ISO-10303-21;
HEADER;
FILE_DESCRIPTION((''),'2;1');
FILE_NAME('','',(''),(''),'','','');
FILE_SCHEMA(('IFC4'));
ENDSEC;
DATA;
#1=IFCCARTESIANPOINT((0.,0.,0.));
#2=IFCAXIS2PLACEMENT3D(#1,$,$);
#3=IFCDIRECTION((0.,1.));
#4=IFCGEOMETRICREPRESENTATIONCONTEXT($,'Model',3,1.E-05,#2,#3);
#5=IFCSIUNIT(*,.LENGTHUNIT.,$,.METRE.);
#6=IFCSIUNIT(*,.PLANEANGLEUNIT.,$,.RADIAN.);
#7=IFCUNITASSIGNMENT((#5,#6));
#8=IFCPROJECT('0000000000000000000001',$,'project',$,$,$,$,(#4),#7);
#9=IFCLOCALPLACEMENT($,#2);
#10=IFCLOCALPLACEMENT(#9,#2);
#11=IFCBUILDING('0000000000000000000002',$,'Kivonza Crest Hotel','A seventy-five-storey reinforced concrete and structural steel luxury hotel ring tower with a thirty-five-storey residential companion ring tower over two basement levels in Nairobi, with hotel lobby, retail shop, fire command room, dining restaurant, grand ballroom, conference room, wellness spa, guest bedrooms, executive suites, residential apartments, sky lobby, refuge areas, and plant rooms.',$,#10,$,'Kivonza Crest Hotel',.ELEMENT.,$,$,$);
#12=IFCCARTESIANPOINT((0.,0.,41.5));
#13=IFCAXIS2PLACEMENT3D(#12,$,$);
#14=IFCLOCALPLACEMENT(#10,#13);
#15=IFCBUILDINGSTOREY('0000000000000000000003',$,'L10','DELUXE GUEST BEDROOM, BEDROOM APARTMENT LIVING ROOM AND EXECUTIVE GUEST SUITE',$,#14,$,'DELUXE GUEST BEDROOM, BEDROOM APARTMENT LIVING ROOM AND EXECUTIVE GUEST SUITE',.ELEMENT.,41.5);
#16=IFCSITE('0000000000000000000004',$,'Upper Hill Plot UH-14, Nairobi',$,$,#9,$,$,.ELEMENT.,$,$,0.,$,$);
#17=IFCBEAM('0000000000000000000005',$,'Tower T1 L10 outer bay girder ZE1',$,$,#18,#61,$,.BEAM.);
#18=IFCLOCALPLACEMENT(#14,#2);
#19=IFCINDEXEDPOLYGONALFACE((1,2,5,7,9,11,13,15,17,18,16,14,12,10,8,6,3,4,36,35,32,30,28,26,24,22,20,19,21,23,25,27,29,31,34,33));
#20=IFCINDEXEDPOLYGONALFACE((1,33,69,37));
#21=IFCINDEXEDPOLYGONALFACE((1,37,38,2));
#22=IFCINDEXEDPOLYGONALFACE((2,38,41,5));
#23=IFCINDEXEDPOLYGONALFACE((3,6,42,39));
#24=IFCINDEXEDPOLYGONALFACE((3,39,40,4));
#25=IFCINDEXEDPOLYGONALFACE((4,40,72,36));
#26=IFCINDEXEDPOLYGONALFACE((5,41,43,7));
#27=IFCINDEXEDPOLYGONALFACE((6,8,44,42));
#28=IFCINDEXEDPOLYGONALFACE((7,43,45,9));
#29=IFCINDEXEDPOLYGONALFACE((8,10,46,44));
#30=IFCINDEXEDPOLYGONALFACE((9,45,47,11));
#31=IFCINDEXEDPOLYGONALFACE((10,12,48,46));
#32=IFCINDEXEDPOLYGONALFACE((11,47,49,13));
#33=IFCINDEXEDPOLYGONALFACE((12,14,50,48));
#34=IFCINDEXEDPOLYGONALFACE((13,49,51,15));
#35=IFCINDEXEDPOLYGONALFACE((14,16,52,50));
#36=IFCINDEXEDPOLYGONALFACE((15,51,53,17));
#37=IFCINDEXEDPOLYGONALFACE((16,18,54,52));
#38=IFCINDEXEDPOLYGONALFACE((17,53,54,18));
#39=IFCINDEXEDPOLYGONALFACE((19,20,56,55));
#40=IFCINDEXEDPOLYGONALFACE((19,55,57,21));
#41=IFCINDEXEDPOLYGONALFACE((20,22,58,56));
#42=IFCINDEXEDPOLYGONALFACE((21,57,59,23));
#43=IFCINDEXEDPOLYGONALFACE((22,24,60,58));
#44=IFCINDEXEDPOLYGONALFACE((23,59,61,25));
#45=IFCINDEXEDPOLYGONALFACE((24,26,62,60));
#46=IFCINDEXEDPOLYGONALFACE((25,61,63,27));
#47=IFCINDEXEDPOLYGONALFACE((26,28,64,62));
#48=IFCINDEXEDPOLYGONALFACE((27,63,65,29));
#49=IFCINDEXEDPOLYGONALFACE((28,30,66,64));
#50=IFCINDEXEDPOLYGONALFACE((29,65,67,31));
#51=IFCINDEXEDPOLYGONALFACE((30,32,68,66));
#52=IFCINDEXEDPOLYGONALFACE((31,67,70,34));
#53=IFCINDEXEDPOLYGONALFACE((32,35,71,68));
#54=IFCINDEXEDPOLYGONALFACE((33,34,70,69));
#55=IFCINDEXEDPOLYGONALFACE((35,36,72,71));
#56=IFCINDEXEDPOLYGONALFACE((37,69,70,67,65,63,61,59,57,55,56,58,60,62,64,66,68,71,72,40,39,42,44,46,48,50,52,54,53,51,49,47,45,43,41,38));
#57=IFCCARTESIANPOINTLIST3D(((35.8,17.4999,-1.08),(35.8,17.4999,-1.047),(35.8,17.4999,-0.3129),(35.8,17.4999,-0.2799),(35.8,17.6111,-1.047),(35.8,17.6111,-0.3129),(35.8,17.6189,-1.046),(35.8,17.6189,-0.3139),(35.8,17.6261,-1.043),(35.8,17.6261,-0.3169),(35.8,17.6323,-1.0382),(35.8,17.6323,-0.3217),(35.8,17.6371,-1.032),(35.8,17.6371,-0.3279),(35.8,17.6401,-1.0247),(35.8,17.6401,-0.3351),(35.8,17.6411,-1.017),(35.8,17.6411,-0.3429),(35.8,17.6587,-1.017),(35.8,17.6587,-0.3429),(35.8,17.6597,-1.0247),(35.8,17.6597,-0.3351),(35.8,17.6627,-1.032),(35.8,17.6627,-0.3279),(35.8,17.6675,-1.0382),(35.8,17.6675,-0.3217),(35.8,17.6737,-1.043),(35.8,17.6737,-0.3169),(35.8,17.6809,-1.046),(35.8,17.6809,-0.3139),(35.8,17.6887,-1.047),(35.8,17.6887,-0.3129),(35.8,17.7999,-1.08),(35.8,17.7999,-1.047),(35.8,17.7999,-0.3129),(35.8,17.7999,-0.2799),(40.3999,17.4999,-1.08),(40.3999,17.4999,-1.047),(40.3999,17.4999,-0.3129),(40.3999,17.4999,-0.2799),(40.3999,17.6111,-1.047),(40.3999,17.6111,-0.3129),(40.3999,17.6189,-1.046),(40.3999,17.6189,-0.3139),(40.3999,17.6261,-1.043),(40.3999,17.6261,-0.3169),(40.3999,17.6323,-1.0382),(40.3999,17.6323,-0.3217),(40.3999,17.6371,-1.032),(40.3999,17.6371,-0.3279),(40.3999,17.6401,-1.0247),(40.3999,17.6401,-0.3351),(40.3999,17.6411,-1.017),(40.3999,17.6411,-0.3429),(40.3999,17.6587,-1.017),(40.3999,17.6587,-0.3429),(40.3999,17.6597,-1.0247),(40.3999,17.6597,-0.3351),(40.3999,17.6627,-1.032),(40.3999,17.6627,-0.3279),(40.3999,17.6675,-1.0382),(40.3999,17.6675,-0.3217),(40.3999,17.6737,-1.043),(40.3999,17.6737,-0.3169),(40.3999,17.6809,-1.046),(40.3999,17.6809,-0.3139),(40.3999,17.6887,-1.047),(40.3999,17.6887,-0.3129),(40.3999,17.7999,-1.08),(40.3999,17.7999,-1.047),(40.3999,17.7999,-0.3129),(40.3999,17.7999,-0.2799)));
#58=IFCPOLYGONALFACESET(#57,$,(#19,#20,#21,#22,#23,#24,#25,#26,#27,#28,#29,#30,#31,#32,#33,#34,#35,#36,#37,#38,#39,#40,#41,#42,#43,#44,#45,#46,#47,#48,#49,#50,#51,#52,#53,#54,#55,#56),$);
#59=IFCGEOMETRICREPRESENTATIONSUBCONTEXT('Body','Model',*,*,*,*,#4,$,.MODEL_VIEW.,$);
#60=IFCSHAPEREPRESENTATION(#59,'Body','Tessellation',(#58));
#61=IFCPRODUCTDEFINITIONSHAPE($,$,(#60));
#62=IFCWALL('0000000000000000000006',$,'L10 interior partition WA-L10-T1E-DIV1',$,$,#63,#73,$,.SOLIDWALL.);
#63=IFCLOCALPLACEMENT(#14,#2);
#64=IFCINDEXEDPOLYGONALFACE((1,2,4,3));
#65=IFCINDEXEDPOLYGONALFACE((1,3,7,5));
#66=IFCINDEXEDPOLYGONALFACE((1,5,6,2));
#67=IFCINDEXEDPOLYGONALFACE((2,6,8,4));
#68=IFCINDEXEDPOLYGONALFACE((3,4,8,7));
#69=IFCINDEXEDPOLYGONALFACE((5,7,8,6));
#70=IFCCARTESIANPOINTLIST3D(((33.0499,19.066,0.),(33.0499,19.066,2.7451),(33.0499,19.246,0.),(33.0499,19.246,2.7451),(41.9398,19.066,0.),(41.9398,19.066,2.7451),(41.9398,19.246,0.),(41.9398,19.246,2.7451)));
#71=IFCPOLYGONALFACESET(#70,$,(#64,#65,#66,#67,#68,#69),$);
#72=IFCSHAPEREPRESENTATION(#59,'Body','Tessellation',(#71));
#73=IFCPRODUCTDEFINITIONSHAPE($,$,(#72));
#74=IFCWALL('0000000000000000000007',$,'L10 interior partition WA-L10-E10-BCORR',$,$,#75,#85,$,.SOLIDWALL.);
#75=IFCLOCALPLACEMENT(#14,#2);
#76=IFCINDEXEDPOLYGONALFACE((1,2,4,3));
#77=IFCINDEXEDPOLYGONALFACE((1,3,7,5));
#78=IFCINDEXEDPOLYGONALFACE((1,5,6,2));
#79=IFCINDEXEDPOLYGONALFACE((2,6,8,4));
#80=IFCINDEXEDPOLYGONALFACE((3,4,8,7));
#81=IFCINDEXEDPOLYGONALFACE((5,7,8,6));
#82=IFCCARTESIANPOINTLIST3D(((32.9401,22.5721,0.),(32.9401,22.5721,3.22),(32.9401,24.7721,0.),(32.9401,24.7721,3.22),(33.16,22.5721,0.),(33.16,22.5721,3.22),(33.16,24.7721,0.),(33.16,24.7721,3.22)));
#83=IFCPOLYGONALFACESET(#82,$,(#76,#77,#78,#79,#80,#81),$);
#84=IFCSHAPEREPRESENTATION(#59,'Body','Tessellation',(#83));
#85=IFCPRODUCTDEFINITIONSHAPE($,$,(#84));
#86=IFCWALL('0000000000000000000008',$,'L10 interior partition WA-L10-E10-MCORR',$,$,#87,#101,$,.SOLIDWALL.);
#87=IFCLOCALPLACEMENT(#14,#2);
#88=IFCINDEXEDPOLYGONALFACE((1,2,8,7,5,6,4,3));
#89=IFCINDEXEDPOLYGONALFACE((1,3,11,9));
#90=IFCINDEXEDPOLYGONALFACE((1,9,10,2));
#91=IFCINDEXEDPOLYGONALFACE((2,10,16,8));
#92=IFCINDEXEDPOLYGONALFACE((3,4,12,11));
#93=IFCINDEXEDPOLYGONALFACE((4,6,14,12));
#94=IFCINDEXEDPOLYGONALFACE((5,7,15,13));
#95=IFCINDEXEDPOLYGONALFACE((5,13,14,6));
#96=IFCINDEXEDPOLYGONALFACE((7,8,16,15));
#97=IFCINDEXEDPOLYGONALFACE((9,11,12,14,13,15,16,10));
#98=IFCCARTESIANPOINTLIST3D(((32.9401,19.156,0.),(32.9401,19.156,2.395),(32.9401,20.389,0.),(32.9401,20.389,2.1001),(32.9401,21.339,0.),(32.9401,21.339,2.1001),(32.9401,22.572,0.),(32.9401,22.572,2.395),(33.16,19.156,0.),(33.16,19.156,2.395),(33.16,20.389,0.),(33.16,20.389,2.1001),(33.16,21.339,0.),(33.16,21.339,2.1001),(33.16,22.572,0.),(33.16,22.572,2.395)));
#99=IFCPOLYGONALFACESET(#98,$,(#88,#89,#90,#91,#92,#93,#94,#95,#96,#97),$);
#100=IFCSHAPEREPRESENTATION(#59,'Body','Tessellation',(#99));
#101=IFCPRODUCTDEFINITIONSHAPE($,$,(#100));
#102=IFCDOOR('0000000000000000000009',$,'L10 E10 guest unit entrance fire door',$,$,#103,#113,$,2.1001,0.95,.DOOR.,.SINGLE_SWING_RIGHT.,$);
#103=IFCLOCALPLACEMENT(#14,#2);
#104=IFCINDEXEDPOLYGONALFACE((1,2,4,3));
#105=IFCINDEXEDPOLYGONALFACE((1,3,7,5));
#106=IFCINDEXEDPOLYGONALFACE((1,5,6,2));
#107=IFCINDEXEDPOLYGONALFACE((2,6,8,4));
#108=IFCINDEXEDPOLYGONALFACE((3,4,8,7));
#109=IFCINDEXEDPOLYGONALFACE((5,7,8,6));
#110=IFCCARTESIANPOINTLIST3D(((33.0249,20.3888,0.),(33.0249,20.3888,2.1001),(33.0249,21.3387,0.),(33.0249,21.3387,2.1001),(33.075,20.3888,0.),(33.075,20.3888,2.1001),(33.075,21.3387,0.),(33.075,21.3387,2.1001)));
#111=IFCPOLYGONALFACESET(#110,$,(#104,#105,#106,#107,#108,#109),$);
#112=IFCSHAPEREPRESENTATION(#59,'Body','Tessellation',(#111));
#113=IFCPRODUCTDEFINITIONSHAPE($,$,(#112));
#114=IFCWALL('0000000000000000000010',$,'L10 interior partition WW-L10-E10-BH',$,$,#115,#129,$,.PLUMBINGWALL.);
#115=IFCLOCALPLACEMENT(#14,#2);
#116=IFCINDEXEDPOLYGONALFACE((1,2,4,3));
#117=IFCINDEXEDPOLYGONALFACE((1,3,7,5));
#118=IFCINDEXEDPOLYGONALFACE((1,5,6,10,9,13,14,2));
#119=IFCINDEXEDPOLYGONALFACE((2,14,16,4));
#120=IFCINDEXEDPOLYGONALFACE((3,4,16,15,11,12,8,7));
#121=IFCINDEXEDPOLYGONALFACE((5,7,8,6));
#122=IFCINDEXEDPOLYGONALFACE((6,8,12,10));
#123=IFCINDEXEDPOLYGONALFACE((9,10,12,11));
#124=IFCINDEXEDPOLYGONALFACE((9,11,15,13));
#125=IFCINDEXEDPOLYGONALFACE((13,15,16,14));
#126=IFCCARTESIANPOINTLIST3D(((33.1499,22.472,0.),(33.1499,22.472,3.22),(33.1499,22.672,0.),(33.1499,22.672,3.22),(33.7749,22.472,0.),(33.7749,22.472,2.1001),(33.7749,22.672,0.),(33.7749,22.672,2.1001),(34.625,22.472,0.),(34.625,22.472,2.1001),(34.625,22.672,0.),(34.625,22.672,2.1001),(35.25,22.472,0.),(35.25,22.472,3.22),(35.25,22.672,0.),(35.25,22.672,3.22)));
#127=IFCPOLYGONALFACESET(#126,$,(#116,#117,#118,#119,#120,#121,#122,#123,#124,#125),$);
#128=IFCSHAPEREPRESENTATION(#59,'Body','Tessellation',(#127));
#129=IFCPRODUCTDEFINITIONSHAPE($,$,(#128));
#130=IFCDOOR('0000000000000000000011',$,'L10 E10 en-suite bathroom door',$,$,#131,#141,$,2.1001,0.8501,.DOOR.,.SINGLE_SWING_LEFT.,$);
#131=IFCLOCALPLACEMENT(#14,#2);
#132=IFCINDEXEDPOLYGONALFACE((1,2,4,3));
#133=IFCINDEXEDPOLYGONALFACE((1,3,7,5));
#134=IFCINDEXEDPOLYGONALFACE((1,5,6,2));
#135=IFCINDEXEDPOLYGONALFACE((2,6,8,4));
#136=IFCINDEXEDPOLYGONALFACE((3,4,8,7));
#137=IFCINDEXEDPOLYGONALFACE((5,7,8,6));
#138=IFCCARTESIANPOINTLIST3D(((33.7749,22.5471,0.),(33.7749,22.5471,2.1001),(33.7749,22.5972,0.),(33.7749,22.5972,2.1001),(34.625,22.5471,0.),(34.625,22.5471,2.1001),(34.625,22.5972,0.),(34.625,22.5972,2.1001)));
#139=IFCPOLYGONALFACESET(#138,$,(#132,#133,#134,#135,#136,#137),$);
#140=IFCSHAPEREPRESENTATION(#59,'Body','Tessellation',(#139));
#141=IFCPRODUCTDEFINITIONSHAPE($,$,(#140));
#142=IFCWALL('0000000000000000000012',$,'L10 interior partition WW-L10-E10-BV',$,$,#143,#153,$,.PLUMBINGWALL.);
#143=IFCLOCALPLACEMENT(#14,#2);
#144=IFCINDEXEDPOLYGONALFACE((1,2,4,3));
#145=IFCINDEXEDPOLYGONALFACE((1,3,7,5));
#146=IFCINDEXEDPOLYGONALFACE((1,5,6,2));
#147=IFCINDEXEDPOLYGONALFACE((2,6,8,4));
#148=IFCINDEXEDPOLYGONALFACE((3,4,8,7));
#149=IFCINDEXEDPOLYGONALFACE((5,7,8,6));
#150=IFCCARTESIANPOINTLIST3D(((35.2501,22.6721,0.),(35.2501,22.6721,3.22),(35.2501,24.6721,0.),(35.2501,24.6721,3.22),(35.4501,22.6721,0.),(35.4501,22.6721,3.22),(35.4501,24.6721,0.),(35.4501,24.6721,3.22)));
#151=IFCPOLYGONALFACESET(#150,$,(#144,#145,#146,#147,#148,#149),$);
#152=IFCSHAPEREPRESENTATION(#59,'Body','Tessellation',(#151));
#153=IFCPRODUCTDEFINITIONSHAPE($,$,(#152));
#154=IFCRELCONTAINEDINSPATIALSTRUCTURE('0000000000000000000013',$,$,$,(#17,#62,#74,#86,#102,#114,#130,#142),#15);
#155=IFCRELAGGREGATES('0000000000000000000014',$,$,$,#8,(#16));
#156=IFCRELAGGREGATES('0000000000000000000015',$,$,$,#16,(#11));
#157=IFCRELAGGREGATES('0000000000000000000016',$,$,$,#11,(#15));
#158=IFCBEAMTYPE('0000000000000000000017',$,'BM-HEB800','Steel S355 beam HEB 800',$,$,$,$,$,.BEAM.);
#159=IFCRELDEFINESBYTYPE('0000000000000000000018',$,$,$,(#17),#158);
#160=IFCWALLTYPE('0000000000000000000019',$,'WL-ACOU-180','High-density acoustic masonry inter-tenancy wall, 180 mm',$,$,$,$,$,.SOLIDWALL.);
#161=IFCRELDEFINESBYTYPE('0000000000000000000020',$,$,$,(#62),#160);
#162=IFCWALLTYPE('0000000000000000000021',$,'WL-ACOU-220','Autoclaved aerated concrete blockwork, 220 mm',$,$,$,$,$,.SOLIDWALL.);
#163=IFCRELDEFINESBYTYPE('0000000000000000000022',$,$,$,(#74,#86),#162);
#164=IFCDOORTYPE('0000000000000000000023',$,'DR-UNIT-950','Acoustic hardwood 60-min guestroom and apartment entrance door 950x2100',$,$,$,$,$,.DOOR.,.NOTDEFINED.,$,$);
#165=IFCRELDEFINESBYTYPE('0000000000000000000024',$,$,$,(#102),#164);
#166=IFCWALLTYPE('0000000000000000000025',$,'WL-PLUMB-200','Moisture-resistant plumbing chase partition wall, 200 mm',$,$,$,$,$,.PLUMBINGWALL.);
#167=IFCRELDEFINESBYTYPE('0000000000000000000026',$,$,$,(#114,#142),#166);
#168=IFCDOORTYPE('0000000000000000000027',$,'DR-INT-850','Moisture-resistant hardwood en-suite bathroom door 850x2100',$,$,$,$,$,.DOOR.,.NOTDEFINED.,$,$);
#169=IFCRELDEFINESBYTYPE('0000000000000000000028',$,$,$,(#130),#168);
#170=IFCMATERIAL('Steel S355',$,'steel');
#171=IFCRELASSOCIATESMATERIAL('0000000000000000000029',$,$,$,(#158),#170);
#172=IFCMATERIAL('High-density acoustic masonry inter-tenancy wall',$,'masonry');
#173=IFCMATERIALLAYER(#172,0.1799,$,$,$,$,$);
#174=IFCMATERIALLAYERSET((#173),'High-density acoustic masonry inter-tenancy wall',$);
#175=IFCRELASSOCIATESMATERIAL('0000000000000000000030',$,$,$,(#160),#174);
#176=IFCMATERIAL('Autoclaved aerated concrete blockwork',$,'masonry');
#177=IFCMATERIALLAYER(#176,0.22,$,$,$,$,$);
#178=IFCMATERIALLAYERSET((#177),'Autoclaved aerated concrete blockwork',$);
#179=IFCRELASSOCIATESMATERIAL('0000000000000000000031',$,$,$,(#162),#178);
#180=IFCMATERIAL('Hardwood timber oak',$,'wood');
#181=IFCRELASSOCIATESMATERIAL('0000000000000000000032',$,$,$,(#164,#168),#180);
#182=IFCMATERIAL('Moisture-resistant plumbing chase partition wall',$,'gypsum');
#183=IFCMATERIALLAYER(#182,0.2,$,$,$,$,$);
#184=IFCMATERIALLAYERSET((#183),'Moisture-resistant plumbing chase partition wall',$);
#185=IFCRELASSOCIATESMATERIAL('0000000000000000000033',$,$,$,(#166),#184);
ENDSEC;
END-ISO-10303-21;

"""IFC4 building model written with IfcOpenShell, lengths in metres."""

from ifc_helpers import new_model, si_unit, direction, frame, frame_2d, origin, origin_2d, place, context, subcontext, project, spatial, rectangle, i_section, extrude, material, layer, layer_set, material_profile, profile_set, type_object, element, fill, save


model = new_model("IFC4")

# Units and contexts
model_context = context("Model", 3, precision=1e-05, world=origin(), true_north=direction((0.0, 1.0)))
body_context = subcontext(model_context, "Body", "Model", "MODEL_VIEW")
ifc_project = project(units=[si_unit("LENGTHUNIT", "METRE"), si_unit("PLANEANGLEUNIT", "RADIAN")], contexts=[model_context])

# Site, building, storey
site_placement = place(None, origin())
site = spatial("IfcSite", under=ifc_project, at=site_placement, Name="Upper Hill Plot UH-14, Nairobi", CompositionType="ELEMENT", RefElevation=0.0)
building_placement = place(site_placement, origin())
building = spatial("IfcBuilding", under=site, at=building_placement, Name="Kivonza Crest Hotel", Description="A seventy-five-storey reinforced concrete and structural steel luxury hotel ring tower with a thirty-five-storey residential companion ring tower over two basement levels in Nairobi, with hotel lobby, retail shop, fire command room, dining restaurant, grand ballroom, conference room, wellness spa, guest bedrooms, executive suites, residential apartments, sky lobby, refuge areas, and plant rooms.", LongName="Kivonza Crest Hotel", CompositionType="ELEMENT")
storey_placement = place(building_placement, frame((0.0, 0.0, 41.5)))
storey = spatial("IfcBuildingStorey", under=building, at=storey_placement, Name="L10", Description="DELUXE GUEST BEDROOM, BEDROOM APARTMENT LIVING ROOM AND EXECUTIVE GUEST SUITE", LongName="DELUXE GUEST BEDROOM, BEDROOM APARTMENT LIVING ROOM AND EXECUTIVE GUEST SUITE", CompositionType="ELEMENT", Elevation=41.5)

# Beam
ifc_material_1 = material(Name="Steel S355", Category="steel")
ifc_material_profile_1 = material_profile(ifc_material_1, i_section(OverallWidth=0.3, OverallDepth=0.8, WebThickness=0.0176, FlangeThickness=0.033, FilletRadius=0.03, at=origin_2d()), Name="HEB 800")
ifc_profile_set_1 = profile_set([ifc_material_profile_1], Name="Steel S355")
beam_type_1 = type_object("IfcBeamType", Name="BM-HEB800", Description="Steel S355 beam HEB 800", PredefinedType="BEAM", material=ifc_profile_set_1)
beam_1_placement = place(storey_placement, frame((40.3999, 17.6499, -0.6799), z_axis=(-1.0, 0.0, 0.0), x_axis=(0.0, -1.0, 0.0)))
element("IfcBeam", 1, at=beam_1_placement, inside=storey, type_object=beam_type_1, Name="Tower T1 L10 outer bay girder ZE1", PredefinedType="BEAM", context=body_context, shape_type="SweptSolid", body=[
    extrude(i_section(OverallWidth=0.3, OverallDepth=0.8, WebThickness=0.0176, FlangeThickness=0.033, FilletRadius=0.03, at=origin_2d()), origin(), (0.0, 0.0, 1.0), 4.5999),
])

# Walls
ifc_material_2 = material(Name="High-density acoustic masonry inter-tenancy wall", Category="masonry")
ifc_layer_1 = layer(ifc_material_2, 0.1799)
ifc_layer_set_1 = layer_set([ifc_layer_1], Name="High-density acoustic masonry inter-tenancy wall")
wall_type_1 = type_object("IfcWallType", Name="WL-ACOU-180", Description="High-density acoustic masonry inter-tenancy wall, 180 mm", PredefinedType="SOLIDWALL", material=ifc_layer_set_1)
wall_1_placement = place(storey_placement, frame((33.05, 19.156, 0.0), z_axis=(0.0, 0.0, 1.0), x_axis=(1.0, 0.0, 0.0)))
element("IfcWall", 2, at=wall_1_placement, inside=storey, type_object=wall_type_1, Name="L10 interior partition WA-L10-T1E-DIV1", PredefinedType="SOLIDWALL", context=body_context, shape_type="SweptSolid", body=[
    extrude(rectangle(XDim=8.8899, YDim=0.1799, at=frame_2d((4.4448, 0.0))), origin(), (0.0, 0.0, 1.0), 2.7451),
])
ifc_material_3 = material(Name="Autoclaved aerated concrete blockwork", Category="masonry")
ifc_layer_2 = layer(ifc_material_3, 0.22)
ifc_layer_set_2 = layer_set([ifc_layer_2], Name="Autoclaved aerated concrete blockwork")
wall_type_2 = type_object("IfcWallType", Name="WL-ACOU-220", Description="Autoclaved aerated concrete blockwork, 220 mm", PredefinedType="SOLIDWALL", material=ifc_layer_set_2)
wall_2_placement = place(storey_placement, frame((33.05, 22.572, 0.0), z_axis=(0.0, 0.0, 1.0), x_axis=(0.0, 1.0, 0.0)))
element("IfcWall", 3, at=wall_2_placement, inside=storey, type_object=wall_type_2, Name="L10 interior partition WA-L10-E10-BCORR", PredefinedType="SOLIDWALL", context=body_context, shape_type="SweptSolid", body=[
    extrude(rectangle(XDim=2.2, YDim=0.22, at=frame_2d((1.1001, 0.0))), origin(), (0.0, 0.0, 1.0), 3.22),
])

# Walls, openings, doors
wall_3_placement = place(storey_placement, frame((33.05, 19.156, 0.0), z_axis=(0.0, 0.0, 1.0), x_axis=(0.0, 1.0, 0.0)))
wall_3 = element("IfcWall", 4, at=wall_3_placement, inside=storey, type_object=wall_type_2, Name="L10 interior partition WA-L10-E10-MCORR", PredefinedType="SOLIDWALL", context=body_context, shape_type="SweptSolid", body=[
    extrude(rectangle(XDim=3.416, YDim=0.22, at=frame_2d((1.708, 0.0))), origin(), (0.0, 0.0, 1.0), 2.395),
])
opening_1_placement = place(wall_3_placement, frame((1.2329, 0.0, 0.0)))
opening_1 = element("IfcOpeningElement", 5, at=opening_1_placement, cuts=wall_3, PredefinedType="OPENING", context=body_context, shape_type="SweptSolid", body=[
    extrude(rectangle(XDim=0.95, YDim=2.1001, at=frame_2d((0.4751, 1.05))), frame((0.0, 0.1201, 0.0), z_axis=(0.0, -1.0, 0.0), x_axis=(1.0, 0.0, 0.0)), (0.0, 0.0, 1.0), 0.24),
])
ifc_material_4 = material(Name="Hardwood timber oak", Category="wood")
door_type_1 = type_object("IfcDoorType", Name="DR-UNIT-950", Description="Acoustic hardwood 60-min guestroom and apartment entrance door 950x2100", OperationType="NOTDEFINED", PredefinedType="DOOR", material=ifc_material_4)
door_1_placement = place(opening_1_placement, frame((0.95, 0.0, 0.0), z_axis=(0.0, 0.0, 1.0), x_axis=(-1.0, 0.0, 0.0)))
door_1 = element("IfcDoor", 6, at=door_1_placement, inside=storey, type_object=door_type_1, Name="L10 E10 guest unit entrance fire door", OperationType="SINGLE_SWING_RIGHT", OverallHeight=2.1001, OverallWidth=0.95, PredefinedType="DOOR", context=body_context, shape_type="SweptSolid", body=[
    extrude(rectangle(XDim=0.95, YDim=2.1001, at=frame_2d((0.4751, 1.05))), frame((0.0, 0.0249, 0.0), z_axis=(0.0, -1.0, 0.0), x_axis=(1.0, 0.0, 0.0)), (0.0, 0.0, 1.0), 0.05),
])
fill(opening_1, door_1)
ifc_material_5 = material(Name="Moisture-resistant plumbing chase partition wall", Category="gypsum")
ifc_layer_3 = layer(ifc_material_5, 0.2)
ifc_layer_set_3 = layer_set([ifc_layer_3], Name="Moisture-resistant plumbing chase partition wall")
wall_type_3 = type_object("IfcWallType", Name="WL-PLUMB-200", Description="Moisture-resistant plumbing chase partition wall, 200 mm", PredefinedType="PLUMBINGWALL", material=ifc_layer_set_3)
wall_4_placement = place(storey_placement, frame((33.1499, 22.572, 0.0), z_axis=(0.0, 0.0, 1.0), x_axis=(1.0, 0.0, 0.0)))
wall_4 = element("IfcWall", 7, at=wall_4_placement, inside=storey, type_object=wall_type_3, Name="L10 interior partition WW-L10-E10-BH", PredefinedType="PLUMBINGWALL", context=body_context, shape_type="SweptSolid", body=[
    extrude(rectangle(XDim=2.1001, YDim=0.2, at=frame_2d((1.05, 0.0))), origin(), (0.0, 0.0, 1.0), 3.22),
])
opening_2_placement = place(wall_4_placement, frame((0.625, 0.0, 0.0)))
opening_2 = element("IfcOpeningElement", 8, at=opening_2_placement, cuts=wall_4, PredefinedType="OPENING", context=body_context, shape_type="SweptSolid", body=[
    extrude(rectangle(XDim=0.8501, YDim=2.1001, at=frame_2d((0.425, 1.05))), frame((0.0, 0.1099, 0.0), z_axis=(0.0, -1.0, 0.0), x_axis=(1.0, 0.0, 0.0)), (0.0, 0.0, 1.0), 0.22),
])
door_type_2 = type_object("IfcDoorType", Name="DR-INT-850", Description="Moisture-resistant hardwood en-suite bathroom door 850x2100", OperationType="NOTDEFINED", PredefinedType="DOOR", material=ifc_material_4)
door_2_placement = place(opening_2_placement, frame((0.8501, 0.0, 0.0), z_axis=(0.0, 0.0, 1.0), x_axis=(-1.0, 0.0, 0.0)))
door_2 = element("IfcDoor", 9, at=door_2_placement, inside=storey, type_object=door_type_2, Name="L10 E10 en-suite bathroom door", OperationType="SINGLE_SWING_LEFT", OverallHeight=2.1001, OverallWidth=0.8501, PredefinedType="DOOR", context=body_context, shape_type="SweptSolid", body=[
    extrude(rectangle(XDim=0.8501, YDim=2.1001, at=frame_2d((0.425, 1.05))), frame((0.0, 0.0249, 0.0), z_axis=(0.0, -1.0, 0.0), x_axis=(1.0, 0.0, 0.0)), (0.0, 0.0, 1.0), 0.05),
])
fill(opening_2, door_2)

# Wall
wall_5_placement = place(storey_placement, frame((35.3501, 22.6721, 0.0), z_axis=(0.0, 0.0, 1.0), x_axis=(0.0, 1.0, 0.0)))
element("IfcWall", 10, at=wall_5_placement, inside=storey, type_object=wall_type_3, Name="L10 interior partition WW-L10-E10-BV", PredefinedType="PLUMBINGWALL", context=body_context, shape_type="SweptSolid", body=[
    extrude(rectangle(XDim=2.0, YDim=0.2, at=frame_2d((1.0, 0.0))), origin(), (0.0, 0.0, 1.0), 3.22),
])

save(model, "model.ifc")
